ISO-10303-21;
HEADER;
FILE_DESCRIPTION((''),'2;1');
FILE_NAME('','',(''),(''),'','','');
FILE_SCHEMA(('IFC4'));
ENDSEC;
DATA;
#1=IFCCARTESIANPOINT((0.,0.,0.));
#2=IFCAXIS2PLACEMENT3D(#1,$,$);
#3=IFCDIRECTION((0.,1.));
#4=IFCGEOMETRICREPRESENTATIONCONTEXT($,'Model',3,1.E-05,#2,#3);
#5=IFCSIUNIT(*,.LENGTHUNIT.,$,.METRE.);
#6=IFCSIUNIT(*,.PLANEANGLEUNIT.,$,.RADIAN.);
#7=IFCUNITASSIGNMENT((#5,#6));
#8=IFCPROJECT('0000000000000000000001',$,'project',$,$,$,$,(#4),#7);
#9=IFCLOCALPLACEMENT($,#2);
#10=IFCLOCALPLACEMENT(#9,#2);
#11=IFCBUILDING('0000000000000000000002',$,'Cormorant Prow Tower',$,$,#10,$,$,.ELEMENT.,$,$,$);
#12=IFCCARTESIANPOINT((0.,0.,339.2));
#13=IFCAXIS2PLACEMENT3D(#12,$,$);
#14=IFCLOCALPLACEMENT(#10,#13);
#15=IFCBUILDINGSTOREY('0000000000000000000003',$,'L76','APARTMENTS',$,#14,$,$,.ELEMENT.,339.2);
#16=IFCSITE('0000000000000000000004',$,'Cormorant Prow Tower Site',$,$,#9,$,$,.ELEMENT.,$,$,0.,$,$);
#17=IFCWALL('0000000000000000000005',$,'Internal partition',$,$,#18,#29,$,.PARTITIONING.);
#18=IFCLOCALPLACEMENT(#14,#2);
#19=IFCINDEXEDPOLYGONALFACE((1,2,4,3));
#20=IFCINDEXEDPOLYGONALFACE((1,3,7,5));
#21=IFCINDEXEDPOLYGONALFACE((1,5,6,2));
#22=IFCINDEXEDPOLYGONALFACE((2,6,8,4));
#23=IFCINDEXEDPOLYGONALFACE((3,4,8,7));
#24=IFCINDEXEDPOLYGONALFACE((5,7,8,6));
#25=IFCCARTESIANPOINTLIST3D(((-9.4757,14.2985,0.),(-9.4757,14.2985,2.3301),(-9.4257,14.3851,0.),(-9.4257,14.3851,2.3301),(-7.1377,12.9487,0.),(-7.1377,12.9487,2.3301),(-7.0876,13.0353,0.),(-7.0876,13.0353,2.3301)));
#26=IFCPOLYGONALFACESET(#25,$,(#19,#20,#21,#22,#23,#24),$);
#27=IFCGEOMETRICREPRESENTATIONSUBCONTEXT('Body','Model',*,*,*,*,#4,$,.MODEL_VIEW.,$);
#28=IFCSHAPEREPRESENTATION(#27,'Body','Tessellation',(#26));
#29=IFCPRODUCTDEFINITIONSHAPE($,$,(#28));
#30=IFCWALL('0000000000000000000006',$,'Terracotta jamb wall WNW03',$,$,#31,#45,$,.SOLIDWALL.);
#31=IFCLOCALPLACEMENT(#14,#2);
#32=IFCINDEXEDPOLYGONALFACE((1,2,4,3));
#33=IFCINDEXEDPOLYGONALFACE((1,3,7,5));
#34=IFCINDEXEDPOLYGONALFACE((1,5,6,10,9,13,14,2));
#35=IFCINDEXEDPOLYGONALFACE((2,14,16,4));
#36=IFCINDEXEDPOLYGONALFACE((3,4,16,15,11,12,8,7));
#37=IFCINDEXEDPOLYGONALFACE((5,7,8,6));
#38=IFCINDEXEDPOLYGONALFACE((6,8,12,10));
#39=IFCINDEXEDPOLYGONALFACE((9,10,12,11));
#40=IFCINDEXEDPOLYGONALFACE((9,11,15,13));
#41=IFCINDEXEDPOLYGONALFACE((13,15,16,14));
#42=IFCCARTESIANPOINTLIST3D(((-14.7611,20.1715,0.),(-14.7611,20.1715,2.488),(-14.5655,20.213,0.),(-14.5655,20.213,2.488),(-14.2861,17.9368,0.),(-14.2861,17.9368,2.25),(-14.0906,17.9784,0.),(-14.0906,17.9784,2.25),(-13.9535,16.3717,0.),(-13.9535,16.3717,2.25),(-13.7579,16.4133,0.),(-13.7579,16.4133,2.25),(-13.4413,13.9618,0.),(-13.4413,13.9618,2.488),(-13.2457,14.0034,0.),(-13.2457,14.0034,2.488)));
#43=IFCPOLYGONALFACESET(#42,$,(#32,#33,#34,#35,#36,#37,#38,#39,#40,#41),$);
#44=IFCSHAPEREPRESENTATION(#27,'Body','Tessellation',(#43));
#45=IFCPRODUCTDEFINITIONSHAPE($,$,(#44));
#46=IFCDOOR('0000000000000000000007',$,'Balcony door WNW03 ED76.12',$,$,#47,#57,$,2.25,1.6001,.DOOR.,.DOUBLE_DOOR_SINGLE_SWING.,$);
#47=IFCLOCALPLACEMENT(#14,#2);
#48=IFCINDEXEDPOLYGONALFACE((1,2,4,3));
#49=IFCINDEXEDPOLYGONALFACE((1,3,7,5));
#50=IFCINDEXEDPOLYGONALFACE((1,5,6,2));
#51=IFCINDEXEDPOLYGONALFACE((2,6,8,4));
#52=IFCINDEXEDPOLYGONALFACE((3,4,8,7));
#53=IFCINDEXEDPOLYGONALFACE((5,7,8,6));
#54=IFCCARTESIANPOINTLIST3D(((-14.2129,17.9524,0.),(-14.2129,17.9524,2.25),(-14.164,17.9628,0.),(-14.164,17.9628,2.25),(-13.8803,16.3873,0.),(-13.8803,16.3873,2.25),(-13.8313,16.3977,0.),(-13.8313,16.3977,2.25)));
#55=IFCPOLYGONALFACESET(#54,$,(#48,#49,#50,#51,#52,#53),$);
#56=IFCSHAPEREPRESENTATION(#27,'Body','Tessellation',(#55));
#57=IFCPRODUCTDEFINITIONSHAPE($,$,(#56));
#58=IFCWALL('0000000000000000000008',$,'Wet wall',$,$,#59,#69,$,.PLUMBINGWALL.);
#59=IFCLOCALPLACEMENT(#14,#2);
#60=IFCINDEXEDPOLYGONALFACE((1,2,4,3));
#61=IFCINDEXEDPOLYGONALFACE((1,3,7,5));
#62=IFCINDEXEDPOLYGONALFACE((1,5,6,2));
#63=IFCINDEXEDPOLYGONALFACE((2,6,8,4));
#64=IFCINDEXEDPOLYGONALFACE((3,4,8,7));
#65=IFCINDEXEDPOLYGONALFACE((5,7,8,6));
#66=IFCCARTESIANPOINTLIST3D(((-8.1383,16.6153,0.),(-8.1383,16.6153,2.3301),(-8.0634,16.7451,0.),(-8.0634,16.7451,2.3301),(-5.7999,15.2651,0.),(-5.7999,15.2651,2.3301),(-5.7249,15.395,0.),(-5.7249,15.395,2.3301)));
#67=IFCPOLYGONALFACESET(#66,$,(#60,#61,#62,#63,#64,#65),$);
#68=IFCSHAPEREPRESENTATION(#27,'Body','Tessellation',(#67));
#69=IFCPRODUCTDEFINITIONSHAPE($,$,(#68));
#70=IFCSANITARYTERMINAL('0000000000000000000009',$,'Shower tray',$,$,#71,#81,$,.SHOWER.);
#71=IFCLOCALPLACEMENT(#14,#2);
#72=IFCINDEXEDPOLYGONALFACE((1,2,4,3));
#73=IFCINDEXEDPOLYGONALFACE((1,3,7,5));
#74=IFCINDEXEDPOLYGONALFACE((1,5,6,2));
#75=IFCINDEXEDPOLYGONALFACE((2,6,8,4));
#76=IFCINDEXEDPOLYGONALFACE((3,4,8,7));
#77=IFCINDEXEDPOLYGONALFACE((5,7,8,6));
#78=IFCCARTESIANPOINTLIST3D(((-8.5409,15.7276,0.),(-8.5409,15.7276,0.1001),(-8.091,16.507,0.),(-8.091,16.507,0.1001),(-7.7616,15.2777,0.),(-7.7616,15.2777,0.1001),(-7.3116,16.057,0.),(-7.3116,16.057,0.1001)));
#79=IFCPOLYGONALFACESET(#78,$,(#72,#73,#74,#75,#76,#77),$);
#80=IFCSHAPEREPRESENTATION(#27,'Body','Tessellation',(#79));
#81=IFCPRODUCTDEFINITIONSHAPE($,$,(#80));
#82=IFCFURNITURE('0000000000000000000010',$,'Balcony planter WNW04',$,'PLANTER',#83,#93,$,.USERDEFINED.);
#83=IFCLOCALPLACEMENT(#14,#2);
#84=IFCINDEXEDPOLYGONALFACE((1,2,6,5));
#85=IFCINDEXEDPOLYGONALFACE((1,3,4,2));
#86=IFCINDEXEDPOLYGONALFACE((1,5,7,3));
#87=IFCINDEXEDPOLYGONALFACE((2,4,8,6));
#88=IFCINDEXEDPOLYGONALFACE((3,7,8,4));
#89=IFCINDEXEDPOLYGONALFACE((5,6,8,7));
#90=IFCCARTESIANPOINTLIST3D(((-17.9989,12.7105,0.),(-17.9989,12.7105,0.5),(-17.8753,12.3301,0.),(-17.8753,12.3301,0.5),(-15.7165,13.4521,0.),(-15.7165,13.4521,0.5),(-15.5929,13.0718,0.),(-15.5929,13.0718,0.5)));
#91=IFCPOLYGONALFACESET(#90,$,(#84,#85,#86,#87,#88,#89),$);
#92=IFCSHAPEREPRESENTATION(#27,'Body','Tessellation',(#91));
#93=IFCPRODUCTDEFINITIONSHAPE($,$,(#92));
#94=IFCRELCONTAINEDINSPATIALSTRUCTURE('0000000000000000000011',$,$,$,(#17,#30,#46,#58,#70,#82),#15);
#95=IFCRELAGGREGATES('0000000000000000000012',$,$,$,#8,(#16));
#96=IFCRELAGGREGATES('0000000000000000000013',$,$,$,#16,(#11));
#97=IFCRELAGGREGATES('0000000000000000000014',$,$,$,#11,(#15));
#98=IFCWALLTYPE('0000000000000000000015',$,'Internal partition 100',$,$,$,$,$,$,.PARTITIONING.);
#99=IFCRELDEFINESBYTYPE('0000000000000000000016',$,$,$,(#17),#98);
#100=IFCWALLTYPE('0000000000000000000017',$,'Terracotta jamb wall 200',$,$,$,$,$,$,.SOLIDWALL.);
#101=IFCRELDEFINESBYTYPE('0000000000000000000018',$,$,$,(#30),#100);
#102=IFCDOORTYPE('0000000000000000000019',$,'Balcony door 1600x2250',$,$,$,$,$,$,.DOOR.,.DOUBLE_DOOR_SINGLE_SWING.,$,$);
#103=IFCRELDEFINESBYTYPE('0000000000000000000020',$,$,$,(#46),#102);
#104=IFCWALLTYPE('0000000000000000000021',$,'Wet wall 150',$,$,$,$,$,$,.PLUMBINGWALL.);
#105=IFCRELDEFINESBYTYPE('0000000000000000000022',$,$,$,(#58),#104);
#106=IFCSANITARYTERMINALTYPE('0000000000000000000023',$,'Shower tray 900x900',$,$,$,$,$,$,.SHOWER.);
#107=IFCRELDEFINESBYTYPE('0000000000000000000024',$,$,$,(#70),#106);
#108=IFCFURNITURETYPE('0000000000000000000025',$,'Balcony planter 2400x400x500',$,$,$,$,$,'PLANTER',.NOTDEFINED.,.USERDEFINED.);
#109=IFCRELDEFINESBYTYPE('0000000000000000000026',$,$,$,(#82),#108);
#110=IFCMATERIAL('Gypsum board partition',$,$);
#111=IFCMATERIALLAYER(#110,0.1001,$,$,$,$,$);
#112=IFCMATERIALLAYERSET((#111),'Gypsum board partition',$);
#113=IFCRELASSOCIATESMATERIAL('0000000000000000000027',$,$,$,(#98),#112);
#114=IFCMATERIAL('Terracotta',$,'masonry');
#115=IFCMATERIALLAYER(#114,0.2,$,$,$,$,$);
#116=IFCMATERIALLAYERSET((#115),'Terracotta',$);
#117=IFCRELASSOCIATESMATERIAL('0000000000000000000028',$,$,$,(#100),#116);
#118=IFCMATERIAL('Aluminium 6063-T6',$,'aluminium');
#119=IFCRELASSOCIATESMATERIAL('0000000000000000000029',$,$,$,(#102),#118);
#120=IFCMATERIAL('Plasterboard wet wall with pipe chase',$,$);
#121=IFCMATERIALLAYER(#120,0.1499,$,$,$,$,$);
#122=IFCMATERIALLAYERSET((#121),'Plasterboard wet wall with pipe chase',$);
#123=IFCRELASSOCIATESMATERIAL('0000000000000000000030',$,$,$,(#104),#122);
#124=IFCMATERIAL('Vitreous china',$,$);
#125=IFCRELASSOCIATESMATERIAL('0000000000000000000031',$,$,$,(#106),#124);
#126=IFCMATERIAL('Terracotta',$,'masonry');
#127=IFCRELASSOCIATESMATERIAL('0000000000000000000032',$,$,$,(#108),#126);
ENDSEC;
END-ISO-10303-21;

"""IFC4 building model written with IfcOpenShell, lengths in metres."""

from ifc_helpers import new_model, si_unit, direction, frame, frame_2d, origin, origin_2d, place, context, subcontext, project, spatial, rectangle, extrude, material, layer, layer_set, type_object, element, fill, save


model = new_model("IFC4")

# Units and contexts
model_context = context("Model", 3, precision=1e-05, world=origin(), true_north=direction((0.0, 1.0)))
body_context = subcontext(model_context, "Body", "Model", "MODEL_VIEW")
ifc_project = project(units=[si_unit("LENGTHUNIT", "METRE"), si_unit("PLANEANGLEUNIT", "RADIAN")], contexts=[model_context])

# Site, building, storey
site_placement = place(None, origin())
site = spatial("IfcSite", under=ifc_project, at=site_placement, Name="Cormorant Prow Tower Site", CompositionType="ELEMENT", RefElevation=0.0)
building_placement = place(site_placement, origin())
building = spatial("IfcBuilding", under=site, at=building_placement, Name="Cormorant Prow Tower", CompositionType="ELEMENT")
storey_placement = place(building_placement, frame((0.0, 0.0, 339.2)))
storey = spatial("IfcBuildingStorey", under=building, at=storey_placement, Name="L76", Description="APARTMENTS", CompositionType="ELEMENT", Elevation=339.2)

# Shared definitions
ifc_material_1 = material(Name="Gypsum board partition")
ifc_layer_1 = layer(ifc_material_1, 0.1001)
ifc_layer_set_1 = layer_set([ifc_layer_1], Name="Gypsum board partition")
wall_type_1 = type_object("IfcWallType", Name="Internal partition 100", PredefinedType="PARTITIONING", material=ifc_layer_set_1)

# Wall
wall_1_placement = place(storey_placement, frame((-9.4507, 14.3418, 0.0), z_axis=(0.0, 0.0, 1.0), x_axis=(0.866037, -0.499981, 0.0)))
element("IfcWall", 1, at=wall_1_placement, inside=storey, type_object=wall_type_1, Name="Internal partition", PredefinedType="PARTITIONING", context=body_context, shape_type="SweptSolid", body=[
    extrude(rectangle(XDim=2.6997, YDim=0.1001, at=frame_2d((1.3499, 0.0))), origin(), (0.0, 0.0, 1.0), 2.3301),
])

# Wall, opening, door
ifc_material_2 = material(Name="Terracotta", Category="masonry")
ifc_layer_2 = layer(ifc_material_2, 0.2)
ifc_layer_set_2 = layer_set([ifc_layer_2], Name="Terracotta")
wall_type_2 = type_object("IfcWallType", Name="Terracotta jamb wall 200", PredefinedType="SOLIDWALL", material=ifc_layer_set_2)
wall_2_placement = place(storey_placement, frame((-14.6633, 20.1924, 0.0), z_axis=(0.0, 0.0, 1.0), x_axis=(0.207898, -0.978151, 0.0)))
wall_2 = element("IfcWall", 2, at=wall_2_placement, inside=storey, type_object=wall_type_2, Name="Terracotta jamb wall WNW03", PredefinedType="SOLIDWALL", context=body_context, shape_type="SweptSolid", body=[
    extrude(rectangle(XDim=6.3484, YDim=0.2, at=frame_2d((3.1743, 0.0))), origin(), (0.0, 0.0, 1.0), 2.488),
])
opening_1_placement = place(wall_2_placement, frame((2.2847, 0.0, 0.0)))
opening_1 = element("IfcOpeningElement", 3, at=opening_1_placement, cuts=wall_2, PredefinedType="OPENING", context=body_context, shape_type="SweptSolid", body=[
    extrude(rectangle(XDim=1.6001, YDim=2.25, at=frame_2d((0.8, 1.125))), frame((0.0, 0.1099, 0.0), z_axis=(0.0, -1.0, 0.0), x_axis=(1.0, 0.0, 0.0)), (0.0, 0.0, 1.0), 0.22),
])
ifc_material_3 = material(Name="Aluminium 6063-T6", Category="aluminium")
door_type_1 = type_object("IfcDoorType", Name="Balcony door 1600x2250", OperationType="DOUBLE_DOOR_SINGLE_SWING", PredefinedType="DOOR", material=ifc_material_3)
door_1_placement = place(opening_1_placement, origin())
door_1 = element("IfcDoor", 4, at=door_1_placement, inside=storey, type_object=door_type_1, Name="Balcony door WNW03 ED76.12", OperationType="DOUBLE_DOOR_SINGLE_SWING", OverallHeight=2.25, OverallWidth=1.6001, PredefinedType="DOOR", context=body_context, shape_type="SweptSolid", body=[
    extrude(rectangle(XDim=1.6001, YDim=2.25, at=frame_2d((0.8, 1.125))), frame((0.0, 0.0249, 0.0), z_axis=(0.0, -1.0, 0.0), x_axis=(1.0, 0.0, 0.0)), (0.0, 0.0, 1.0), 0.05),
])
fill(opening_1, door_1)

# Wall
ifc_material_4 = material(Name="Plasterboard wet wall with pipe chase")
ifc_layer_3 = layer(ifc_material_4, 0.1499)
ifc_layer_set_3 = layer_set([ifc_layer_3], Name="Plasterboard wet wall with pipe chase")
wall_type_3 = type_object("IfcWallType", Name="Wet wall 150", PredefinedType="PLUMBINGWALL", material=ifc_layer_set_3)
wall_3_placement = place(storey_placement, frame((-8.1008, 16.6802, 0.0), z_axis=(0.0, 0.0, 1.0), x_axis=(0.86602, -0.500009, 0.0)))
element("IfcWall", 5, at=wall_3_placement, inside=storey, type_object=wall_type_3, Name="Wet wall", PredefinedType="PLUMBINGWALL", context=body_context, shape_type="SweptSolid", body=[
    extrude(rectangle(XDim=2.7002, YDim=0.1499, at=frame_2d((1.3501, 0.0))), origin(), (0.0, 0.0, 1.0), 2.3301),
])

# Sanitary terminal
ifc_material_5 = material(Name="Vitreous china")
sanitary_terminal_type = type_object("IfcSanitaryTerminalType", Name="Shower tray 900x900", PredefinedType="SHOWER", material=ifc_material_5)
sanitary_terminal_placement = place(storey_placement, frame((-7.9263, 15.8923, 0.0), z_axis=(0.0, 0.0, 1.0), x_axis=(0.866025, -0.5, 0.0)))
element("IfcSanitaryTerminal", 6, at=sanitary_terminal_placement, inside=storey, type_object=sanitary_terminal_type, Name="Shower tray", PredefinedType="SHOWER", context=body_context, shape_type="SweptSolid", body=[
    extrude(rectangle(XDim=0.8999, YDim=0.8999, at=origin_2d()), origin(), (0.0, 0.0, 1.0), 0.1001),
])

# Furniture
ifc_material_6 = material(Name="Terracotta", Category="masonry")
furniture_type = type_object("IfcFurnitureType", Name="Balcony planter 2400x400x500", ElementType="PLANTER", AssemblyPlace="NOTDEFINED", PredefinedType="USERDEFINED", material=ifc_material_6)
furniture_placement = place(storey_placement, frame((-16.7959, 12.8911, 0.0), z_axis=(0.0, 0.0, 1.0), x_axis=(-0.951057, -0.309017, 0.0)))
element("IfcFurniture", 7, at=furniture_placement, inside=storey, type_object=furniture_type, Name="Balcony planter WNW04", ObjectType="PLANTER", PredefinedType="USERDEFINED", context=body_context, shape_type="SweptSolid", body=[
    extrude(rectangle(XDim=2.3999, YDim=0.3999, at=origin_2d()), origin(), (0.0, 0.0, 1.0), 0.5),
])

save(model, "model.ifc")
